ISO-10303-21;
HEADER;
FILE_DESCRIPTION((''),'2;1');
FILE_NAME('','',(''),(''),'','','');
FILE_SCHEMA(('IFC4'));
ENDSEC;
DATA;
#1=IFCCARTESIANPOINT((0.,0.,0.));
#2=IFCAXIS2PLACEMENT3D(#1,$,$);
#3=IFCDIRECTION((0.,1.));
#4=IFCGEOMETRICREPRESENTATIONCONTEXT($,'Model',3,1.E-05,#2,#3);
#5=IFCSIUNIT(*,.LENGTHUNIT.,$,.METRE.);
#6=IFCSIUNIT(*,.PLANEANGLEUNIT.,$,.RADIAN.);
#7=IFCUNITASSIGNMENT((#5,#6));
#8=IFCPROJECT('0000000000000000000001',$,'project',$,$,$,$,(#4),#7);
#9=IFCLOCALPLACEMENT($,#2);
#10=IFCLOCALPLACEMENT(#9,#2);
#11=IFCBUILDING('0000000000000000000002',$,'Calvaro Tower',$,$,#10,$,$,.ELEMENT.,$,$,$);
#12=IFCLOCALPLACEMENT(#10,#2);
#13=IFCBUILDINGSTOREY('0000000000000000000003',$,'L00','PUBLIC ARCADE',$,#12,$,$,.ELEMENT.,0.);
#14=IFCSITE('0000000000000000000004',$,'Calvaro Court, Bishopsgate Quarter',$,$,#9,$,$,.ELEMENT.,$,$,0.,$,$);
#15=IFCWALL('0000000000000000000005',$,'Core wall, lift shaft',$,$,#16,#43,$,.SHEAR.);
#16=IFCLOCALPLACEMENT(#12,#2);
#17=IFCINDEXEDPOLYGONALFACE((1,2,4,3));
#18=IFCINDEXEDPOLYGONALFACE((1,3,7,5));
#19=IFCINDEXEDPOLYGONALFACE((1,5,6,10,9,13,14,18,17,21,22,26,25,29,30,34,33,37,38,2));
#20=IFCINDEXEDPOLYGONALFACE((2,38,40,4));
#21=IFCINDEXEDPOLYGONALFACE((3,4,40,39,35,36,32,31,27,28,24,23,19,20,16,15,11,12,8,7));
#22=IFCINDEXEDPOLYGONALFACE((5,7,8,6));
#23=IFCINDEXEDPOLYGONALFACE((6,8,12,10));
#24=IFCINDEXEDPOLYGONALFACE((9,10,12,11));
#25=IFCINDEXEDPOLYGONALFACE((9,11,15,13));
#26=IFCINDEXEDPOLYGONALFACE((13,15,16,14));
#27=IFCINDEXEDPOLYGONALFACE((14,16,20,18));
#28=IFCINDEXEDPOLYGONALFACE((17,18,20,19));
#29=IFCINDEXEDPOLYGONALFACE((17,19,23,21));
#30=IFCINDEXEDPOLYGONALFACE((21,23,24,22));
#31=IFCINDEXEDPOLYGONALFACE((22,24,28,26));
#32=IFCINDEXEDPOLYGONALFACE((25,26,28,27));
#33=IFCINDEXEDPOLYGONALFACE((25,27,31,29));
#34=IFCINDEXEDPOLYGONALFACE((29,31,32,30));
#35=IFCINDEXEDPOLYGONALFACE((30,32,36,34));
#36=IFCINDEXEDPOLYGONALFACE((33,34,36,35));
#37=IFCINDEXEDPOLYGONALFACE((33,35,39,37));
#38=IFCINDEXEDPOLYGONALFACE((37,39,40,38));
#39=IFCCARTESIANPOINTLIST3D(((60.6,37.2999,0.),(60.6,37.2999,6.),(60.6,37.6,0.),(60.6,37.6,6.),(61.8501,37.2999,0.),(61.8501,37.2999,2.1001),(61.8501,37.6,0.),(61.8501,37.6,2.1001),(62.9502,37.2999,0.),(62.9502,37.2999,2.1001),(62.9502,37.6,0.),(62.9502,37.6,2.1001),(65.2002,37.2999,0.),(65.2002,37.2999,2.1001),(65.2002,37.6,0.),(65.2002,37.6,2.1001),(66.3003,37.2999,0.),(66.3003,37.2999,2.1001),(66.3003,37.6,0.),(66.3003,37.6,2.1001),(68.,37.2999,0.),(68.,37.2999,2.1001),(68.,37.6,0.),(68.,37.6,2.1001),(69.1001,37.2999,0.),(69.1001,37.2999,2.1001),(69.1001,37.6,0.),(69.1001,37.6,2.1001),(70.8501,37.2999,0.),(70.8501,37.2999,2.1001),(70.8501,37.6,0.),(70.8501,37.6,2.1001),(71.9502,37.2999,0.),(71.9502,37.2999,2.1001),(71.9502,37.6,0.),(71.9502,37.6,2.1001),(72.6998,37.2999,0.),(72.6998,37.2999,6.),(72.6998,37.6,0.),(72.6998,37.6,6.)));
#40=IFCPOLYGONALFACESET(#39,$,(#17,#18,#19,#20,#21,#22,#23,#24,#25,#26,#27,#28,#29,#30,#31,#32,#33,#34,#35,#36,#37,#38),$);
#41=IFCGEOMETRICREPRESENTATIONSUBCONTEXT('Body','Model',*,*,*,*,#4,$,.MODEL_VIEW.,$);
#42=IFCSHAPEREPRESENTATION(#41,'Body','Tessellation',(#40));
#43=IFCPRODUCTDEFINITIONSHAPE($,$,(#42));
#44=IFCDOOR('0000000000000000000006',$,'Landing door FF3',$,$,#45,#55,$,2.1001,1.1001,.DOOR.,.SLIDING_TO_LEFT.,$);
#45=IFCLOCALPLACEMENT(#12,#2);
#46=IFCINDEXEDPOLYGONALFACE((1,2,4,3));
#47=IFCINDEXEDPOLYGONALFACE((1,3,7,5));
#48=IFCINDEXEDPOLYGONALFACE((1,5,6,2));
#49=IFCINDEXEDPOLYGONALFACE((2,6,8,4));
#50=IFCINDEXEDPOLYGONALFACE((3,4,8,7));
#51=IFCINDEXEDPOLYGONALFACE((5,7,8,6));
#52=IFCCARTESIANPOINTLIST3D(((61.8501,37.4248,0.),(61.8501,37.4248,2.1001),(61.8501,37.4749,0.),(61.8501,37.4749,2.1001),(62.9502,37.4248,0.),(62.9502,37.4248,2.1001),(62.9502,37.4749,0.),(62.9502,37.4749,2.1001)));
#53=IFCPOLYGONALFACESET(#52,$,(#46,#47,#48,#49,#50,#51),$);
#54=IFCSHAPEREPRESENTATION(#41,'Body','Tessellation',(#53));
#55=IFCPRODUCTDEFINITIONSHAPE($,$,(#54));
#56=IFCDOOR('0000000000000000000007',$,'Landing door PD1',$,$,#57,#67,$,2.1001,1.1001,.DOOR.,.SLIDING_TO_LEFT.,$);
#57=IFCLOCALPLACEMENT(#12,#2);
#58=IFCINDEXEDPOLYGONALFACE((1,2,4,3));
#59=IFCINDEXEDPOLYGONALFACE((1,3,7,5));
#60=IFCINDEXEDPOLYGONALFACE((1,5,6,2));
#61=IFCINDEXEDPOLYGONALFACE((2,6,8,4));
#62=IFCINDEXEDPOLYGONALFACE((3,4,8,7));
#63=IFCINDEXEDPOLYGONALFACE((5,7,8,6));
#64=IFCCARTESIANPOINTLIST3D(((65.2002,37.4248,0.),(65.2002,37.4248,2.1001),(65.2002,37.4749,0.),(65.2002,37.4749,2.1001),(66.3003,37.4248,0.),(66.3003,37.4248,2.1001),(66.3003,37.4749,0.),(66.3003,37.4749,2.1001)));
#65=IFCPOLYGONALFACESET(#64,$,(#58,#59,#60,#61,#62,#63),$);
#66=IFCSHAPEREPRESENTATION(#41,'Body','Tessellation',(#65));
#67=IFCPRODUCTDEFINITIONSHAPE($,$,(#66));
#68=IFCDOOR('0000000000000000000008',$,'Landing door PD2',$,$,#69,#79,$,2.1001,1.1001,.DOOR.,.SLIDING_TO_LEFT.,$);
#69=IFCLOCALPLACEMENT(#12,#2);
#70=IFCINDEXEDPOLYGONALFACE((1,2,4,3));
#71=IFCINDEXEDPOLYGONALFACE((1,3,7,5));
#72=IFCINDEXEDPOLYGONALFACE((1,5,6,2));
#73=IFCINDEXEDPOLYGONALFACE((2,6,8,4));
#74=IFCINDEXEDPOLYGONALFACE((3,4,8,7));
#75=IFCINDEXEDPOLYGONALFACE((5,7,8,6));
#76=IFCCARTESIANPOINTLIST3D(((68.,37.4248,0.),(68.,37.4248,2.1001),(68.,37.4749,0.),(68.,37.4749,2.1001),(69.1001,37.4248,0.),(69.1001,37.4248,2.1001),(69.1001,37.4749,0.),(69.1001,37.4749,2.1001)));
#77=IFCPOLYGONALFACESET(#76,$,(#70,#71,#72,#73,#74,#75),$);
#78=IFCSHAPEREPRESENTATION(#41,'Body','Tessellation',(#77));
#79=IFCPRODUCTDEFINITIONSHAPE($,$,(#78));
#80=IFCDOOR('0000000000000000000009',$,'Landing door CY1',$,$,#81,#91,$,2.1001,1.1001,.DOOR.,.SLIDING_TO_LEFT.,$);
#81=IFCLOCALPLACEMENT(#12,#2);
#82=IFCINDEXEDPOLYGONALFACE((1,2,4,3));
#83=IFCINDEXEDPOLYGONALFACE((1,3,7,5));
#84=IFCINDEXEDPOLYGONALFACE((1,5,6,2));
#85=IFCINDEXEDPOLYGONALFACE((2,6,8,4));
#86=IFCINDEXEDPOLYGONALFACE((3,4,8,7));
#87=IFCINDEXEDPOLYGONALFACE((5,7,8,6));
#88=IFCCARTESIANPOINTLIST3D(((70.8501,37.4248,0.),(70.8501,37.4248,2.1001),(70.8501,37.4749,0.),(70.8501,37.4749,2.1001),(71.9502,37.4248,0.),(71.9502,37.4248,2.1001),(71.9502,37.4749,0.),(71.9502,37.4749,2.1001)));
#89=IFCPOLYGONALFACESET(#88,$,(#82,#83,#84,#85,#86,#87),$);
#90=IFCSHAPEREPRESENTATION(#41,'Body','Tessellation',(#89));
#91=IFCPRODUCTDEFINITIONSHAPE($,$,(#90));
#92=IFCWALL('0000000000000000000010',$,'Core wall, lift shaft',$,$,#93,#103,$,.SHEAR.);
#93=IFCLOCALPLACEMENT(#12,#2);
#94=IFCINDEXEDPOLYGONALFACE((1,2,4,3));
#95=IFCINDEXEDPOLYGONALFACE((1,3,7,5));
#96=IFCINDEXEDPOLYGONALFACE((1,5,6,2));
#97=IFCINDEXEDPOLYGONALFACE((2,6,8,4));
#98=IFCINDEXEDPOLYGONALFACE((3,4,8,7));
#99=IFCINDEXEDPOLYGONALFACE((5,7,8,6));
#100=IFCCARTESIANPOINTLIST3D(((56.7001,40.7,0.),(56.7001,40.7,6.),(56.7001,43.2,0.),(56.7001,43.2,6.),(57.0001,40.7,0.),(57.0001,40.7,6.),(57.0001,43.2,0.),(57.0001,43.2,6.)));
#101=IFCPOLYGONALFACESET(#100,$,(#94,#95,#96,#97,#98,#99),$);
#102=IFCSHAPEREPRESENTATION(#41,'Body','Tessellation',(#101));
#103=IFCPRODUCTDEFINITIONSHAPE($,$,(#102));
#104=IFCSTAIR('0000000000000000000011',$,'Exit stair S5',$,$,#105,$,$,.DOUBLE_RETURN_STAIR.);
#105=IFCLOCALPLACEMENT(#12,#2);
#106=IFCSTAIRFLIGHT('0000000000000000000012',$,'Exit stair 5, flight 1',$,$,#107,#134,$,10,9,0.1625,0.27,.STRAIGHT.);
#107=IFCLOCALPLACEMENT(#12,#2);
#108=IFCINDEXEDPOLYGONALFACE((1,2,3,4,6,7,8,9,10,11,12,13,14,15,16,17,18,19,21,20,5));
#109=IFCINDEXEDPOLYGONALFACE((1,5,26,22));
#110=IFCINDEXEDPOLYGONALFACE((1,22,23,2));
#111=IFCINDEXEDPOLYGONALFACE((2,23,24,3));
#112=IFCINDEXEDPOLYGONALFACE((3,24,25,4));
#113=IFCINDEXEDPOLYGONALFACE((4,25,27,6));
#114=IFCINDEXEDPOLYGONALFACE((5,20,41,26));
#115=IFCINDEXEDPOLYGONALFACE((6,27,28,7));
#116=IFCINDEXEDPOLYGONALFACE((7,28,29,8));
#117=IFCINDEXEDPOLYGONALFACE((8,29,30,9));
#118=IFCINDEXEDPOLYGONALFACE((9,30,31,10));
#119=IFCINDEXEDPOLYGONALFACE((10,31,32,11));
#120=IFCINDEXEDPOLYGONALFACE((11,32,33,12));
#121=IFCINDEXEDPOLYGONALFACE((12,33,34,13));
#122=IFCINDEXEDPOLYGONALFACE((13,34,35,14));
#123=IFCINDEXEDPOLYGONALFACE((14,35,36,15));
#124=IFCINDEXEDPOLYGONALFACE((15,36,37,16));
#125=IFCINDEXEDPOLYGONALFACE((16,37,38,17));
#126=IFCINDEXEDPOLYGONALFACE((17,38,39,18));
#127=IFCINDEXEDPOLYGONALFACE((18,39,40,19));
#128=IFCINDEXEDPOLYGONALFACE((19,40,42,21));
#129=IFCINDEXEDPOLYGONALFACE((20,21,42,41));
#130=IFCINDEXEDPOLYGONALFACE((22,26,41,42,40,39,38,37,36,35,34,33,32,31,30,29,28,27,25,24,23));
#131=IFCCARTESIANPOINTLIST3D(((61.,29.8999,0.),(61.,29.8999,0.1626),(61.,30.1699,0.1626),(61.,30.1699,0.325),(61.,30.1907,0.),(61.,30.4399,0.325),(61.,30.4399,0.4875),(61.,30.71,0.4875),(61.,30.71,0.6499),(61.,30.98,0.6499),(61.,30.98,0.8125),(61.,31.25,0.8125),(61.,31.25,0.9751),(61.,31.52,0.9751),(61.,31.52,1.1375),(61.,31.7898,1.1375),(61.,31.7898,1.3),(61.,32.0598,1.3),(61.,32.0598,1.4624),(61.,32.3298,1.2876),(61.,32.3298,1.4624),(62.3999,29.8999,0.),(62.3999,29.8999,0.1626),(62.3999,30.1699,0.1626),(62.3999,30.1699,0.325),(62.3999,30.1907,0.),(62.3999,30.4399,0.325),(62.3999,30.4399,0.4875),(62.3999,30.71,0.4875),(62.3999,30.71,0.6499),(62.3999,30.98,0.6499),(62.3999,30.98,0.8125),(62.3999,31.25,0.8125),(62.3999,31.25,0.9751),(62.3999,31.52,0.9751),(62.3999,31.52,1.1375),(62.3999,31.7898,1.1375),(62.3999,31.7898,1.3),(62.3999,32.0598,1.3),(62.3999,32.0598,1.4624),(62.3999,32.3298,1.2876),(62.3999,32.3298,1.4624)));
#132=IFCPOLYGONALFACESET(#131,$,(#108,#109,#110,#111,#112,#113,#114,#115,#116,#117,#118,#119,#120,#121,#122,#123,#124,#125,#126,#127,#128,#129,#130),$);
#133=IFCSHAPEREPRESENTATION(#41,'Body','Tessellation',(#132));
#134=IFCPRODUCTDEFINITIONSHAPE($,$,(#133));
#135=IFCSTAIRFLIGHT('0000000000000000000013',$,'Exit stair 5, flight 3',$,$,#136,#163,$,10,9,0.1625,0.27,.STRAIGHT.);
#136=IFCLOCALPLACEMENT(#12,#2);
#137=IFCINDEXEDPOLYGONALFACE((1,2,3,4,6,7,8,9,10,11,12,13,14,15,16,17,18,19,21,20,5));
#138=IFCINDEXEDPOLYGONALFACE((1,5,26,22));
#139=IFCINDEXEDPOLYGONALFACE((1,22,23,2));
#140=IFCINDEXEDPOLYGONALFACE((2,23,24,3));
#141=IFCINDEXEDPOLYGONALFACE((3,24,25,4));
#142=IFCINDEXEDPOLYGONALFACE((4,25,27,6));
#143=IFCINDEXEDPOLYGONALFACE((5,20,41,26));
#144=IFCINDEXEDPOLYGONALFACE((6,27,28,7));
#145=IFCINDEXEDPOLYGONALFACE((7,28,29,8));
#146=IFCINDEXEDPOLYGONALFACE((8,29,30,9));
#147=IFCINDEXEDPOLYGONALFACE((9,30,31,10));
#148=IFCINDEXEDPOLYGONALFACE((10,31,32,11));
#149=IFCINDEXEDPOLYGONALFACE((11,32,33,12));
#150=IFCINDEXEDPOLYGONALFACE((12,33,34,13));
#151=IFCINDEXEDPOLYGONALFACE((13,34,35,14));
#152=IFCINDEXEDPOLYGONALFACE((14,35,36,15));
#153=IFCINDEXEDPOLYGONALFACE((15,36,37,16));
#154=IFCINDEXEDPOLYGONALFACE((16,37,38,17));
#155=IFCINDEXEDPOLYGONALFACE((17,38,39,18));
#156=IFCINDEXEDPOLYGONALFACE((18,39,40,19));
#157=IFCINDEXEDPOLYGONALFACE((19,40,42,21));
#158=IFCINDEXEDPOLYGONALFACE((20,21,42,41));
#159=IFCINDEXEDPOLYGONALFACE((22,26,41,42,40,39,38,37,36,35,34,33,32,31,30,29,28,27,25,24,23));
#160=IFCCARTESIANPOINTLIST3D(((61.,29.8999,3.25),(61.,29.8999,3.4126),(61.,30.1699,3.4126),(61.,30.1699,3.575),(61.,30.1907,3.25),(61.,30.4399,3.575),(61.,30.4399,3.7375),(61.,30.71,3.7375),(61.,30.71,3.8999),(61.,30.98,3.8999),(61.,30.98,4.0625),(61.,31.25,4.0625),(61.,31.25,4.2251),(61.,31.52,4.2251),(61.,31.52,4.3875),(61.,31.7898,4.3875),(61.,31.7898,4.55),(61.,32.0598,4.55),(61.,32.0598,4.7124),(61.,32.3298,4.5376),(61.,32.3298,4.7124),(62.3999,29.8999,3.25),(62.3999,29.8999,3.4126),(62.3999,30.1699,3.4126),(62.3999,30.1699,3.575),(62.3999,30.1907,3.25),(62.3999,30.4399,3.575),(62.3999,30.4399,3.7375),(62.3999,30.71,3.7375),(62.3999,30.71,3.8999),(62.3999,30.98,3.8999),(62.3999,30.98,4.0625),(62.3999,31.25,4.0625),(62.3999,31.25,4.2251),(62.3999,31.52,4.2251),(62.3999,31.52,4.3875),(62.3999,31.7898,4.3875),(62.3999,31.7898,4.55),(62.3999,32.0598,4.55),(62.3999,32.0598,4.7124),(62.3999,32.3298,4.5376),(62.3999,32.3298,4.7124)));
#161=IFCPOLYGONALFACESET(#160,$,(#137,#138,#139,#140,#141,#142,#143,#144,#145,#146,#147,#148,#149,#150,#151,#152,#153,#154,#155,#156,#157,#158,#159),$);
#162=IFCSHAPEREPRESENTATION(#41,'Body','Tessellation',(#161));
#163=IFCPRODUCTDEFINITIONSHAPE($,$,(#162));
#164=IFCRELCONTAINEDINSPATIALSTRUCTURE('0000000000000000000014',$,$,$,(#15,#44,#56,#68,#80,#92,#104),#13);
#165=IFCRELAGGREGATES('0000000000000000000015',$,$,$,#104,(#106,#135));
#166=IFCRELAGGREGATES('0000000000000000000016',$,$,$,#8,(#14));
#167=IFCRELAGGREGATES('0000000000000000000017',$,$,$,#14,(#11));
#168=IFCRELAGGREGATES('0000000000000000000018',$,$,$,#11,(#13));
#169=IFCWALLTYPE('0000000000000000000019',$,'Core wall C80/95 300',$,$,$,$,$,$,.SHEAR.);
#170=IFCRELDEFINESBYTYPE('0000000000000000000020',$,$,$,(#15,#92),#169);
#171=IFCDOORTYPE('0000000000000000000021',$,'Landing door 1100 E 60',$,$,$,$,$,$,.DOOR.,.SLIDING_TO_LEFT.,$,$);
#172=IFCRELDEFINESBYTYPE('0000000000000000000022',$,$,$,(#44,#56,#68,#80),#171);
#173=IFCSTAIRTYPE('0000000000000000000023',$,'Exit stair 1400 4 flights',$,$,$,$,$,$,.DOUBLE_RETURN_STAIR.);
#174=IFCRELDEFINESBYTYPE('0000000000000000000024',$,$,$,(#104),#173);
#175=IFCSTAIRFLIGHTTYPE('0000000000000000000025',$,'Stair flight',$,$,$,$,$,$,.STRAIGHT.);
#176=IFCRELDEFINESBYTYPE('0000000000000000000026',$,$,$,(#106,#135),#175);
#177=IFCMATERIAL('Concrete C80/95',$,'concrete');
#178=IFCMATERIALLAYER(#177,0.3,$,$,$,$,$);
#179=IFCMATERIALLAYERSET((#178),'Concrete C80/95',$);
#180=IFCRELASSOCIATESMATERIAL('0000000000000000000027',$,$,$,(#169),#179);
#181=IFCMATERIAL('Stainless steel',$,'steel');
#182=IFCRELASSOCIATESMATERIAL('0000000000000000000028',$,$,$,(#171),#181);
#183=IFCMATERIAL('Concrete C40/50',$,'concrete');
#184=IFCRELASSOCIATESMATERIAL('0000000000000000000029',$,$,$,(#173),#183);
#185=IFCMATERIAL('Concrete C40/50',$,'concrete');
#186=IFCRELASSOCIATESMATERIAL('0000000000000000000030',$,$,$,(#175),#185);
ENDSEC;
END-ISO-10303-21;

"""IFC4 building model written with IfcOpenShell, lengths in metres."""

from ifc_helpers import new_model, si_unit, direction, frame, frame_2d, origin, place, context, subcontext, project, spatial, polyline, rectangle, outline, extrude, material, layer, layer_set, type_object, element, fill, aggregate, save


model = new_model("IFC4")

# Units and contexts
model_context = context("Model", 3, precision=1e-05, world=origin(), true_north=direction((0.0, 1.0)))
body_context = subcontext(model_context, "Body", "Model", "MODEL_VIEW")
ifc_project = project(units=[si_unit("LENGTHUNIT", "METRE"), si_unit("PLANEANGLEUNIT", "RADIAN")], contexts=[model_context])

# Site, building, storey
site_placement = place(None, origin())
site = spatial("IfcSite", under=ifc_project, at=site_placement, Name="Calvaro Court, Bishopsgate Quarter", CompositionType="ELEMENT", RefElevation=0.0)
building_placement = place(site_placement, origin())
building = spatial("IfcBuilding", under=site, at=building_placement, Name="Calvaro Tower", CompositionType="ELEMENT")
storey_placement = place(building_placement, origin())
storey = spatial("IfcBuildingStorey", under=building, at=storey_placement, Name="L00", Description="PUBLIC ARCADE", CompositionType="ELEMENT", Elevation=0.0)

# Shared definitions
ifc_material_1 = material(Name="Concrete C80/95", Category="concrete")
ifc_layer_1 = layer(ifc_material_1, 0.3)
ifc_layer_set_1 = layer_set([ifc_layer_1], Name="Concrete C80/95")
wall_type_1 = type_object("IfcWallType", Name="Core wall C80/95 300", PredefinedType="SHEAR", material=ifc_layer_set_1)

# Wall, openings, doors
wall_1_placement = place(storey_placement, frame((60.6001, 37.45, 0.0), z_axis=(0.0, 0.0, 1.0), x_axis=(1.0, 0.0, 0.0)))
wall_1 = element("IfcWall", 1, at=wall_1_placement, inside=storey, type_object=wall_type_1, Name="Core wall, lift shaft", PredefinedType="SHEAR", context=body_context, shape_type="SweptSolid", body=[
    extrude(rectangle(XDim=12.0999, YDim=0.3, at=frame_2d((6.0498, 0.0))), origin(), (0.0, 0.0, 1.0), 6.0),
])
opening_1_placement = place(wall_1_placement, frame((1.25, 0.0, 0.0)))
opening_1 = element("IfcOpeningElement", 2, at=opening_1_placement, cuts=wall_1, PredefinedType="OPENING", context=body_context, shape_type="SweptSolid", body=[
    extrude(rectangle(XDim=1.1001, YDim=2.1001, at=frame_2d((0.55, 1.05))), frame((0.0, 0.1599, 0.0), z_axis=(0.0, -1.0, 0.0), x_axis=(1.0, 0.0, 0.0)), (0.0, 0.0, 1.0), 0.3201),
])
opening_2_placement = place(wall_1_placement, frame((4.6001, 0.0, 0.0)))
opening_2 = element("IfcOpeningElement", 3, at=opening_2_placement, cuts=wall_1, PredefinedType="OPENING", context=body_context, shape_type="SweptSolid", body=[
    extrude(rectangle(XDim=1.1001, YDim=2.1001, at=frame_2d((0.55, 1.05))), frame((0.0, 0.1599, 0.0), z_axis=(0.0, -1.0, 0.0), x_axis=(1.0, 0.0, 0.0)), (0.0, 0.0, 1.0), 0.3201),
])
opening_3_placement = place(wall_1_placement, frame((7.3999, 0.0, 0.0)))
opening_3 = element("IfcOpeningElement", 4, at=opening_3_placement, cuts=wall_1, PredefinedType="OPENING", context=body_context, shape_type="SweptSolid", body=[
    extrude(rectangle(XDim=1.1001, YDim=2.1001, at=frame_2d((0.55, 1.05))), frame((0.0, 0.1599, 0.0), z_axis=(0.0, -1.0, 0.0), x_axis=(1.0, 0.0, 0.0)), (0.0, 0.0, 1.0), 0.3201),
])
opening_4_placement = place(wall_1_placement, frame((10.25, 0.0, 0.0)))
opening_4 = element("IfcOpeningElement", 5, at=opening_4_placement, cuts=wall_1, PredefinedType="OPENING", context=body_context, shape_type="SweptSolid", body=[
    extrude(rectangle(XDim=1.1001, YDim=2.1001, at=frame_2d((0.55, 1.05))), frame((0.0, 0.1599, 0.0), z_axis=(0.0, -1.0, 0.0), x_axis=(1.0, 0.0, 0.0)), (0.0, 0.0, 1.0), 0.3201),
])
ifc_material_2 = material(Name="Stainless steel", Category="steel")
door_type_1 = type_object("IfcDoorType", Name="Landing door 1100 E 60", OperationType="SLIDING_TO_LEFT", PredefinedType="DOOR", material=ifc_material_2)
door_1_placement = place(opening_1_placement, origin())
door_1 = element("IfcDoor", 6, at=door_1_placement, inside=storey, type_object=door_type_1, Name="Landing door FF3", OperationType="SLIDING_TO_LEFT", OverallHeight=2.1001, OverallWidth=1.1001, PredefinedType="DOOR", context=body_context, shape_type="SweptSolid", body=[
    extrude(rectangle(XDim=1.1001, YDim=2.1001, at=frame_2d((0.55, 1.05))), frame((0.0, 0.0249, 0.0), z_axis=(0.0, -1.0, 0.0), x_axis=(1.0, 0.0, 0.0)), (0.0, 0.0, 1.0), 0.05),
])
fill(opening_1, door_1)
door_2_placement = place(opening_2_placement, origin())
door_2 = element("IfcDoor", 7, at=door_2_placement, inside=storey, type_object=door_type_1, Name="Landing door PD1", OperationType="SLIDING_TO_LEFT", OverallHeight=2.1001, OverallWidth=1.1001, PredefinedType="DOOR", context=body_context, shape_type="SweptSolid", body=[
    extrude(rectangle(XDim=1.1001, YDim=2.1001, at=frame_2d((0.55, 1.05))), frame((0.0, 0.0249, 0.0), z_axis=(0.0, -1.0, 0.0), x_axis=(1.0, 0.0, 0.0)), (0.0, 0.0, 1.0), 0.05),
])
fill(opening_2, door_2)
door_3_placement = place(opening_3_placement, origin())
door_3 = element("IfcDoor", 8, at=door_3_placement, inside=storey, type_object=door_type_1, Name="Landing door PD2", OperationType="SLIDING_TO_LEFT", OverallHeight=2.1001, OverallWidth=1.1001, PredefinedType="DOOR", context=body_context, shape_type="SweptSolid", body=[
    extrude(rectangle(XDim=1.1001, YDim=2.1001, at=frame_2d((0.55, 1.05))), frame((0.0, 0.0249, 0.0), z_axis=(0.0, -1.0, 0.0), x_axis=(1.0, 0.0, 0.0)), (0.0, 0.0, 1.0), 0.05),
])
fill(opening_3, door_3)
door_4_placement = place(opening_4_placement, origin())
door_4 = element("IfcDoor", 9, at=door_4_placement, inside=storey, type_object=door_type_1, Name="Landing door CY1", OperationType="SLIDING_TO_LEFT", OverallHeight=2.1001, OverallWidth=1.1001, PredefinedType="DOOR", context=body_context, shape_type="SweptSolid", body=[
    extrude(rectangle(XDim=1.1001, YDim=2.1001, at=frame_2d((0.55, 1.05))), frame((0.0, 0.0249, 0.0), z_axis=(0.0, -1.0, 0.0), x_axis=(1.0, 0.0, 0.0)), (0.0, 0.0, 1.0), 0.05),
])
fill(opening_4, door_4)

# Wall
wall_2_placement = place(storey_placement, frame((56.8501, 40.7, 0.0), z_axis=(0.0, 0.0, 1.0), x_axis=(0.0, 1.0, 0.0)))
element("IfcWall", 10, at=wall_2_placement, inside=storey, type_object=wall_type_1, Name="Core wall, lift shaft", PredefinedType="SHEAR", context=body_context, shape_type="SweptSolid", body=[
    extrude(rectangle(XDim=2.5, YDim=0.3, at=frame_2d((1.25, 0.0))), origin(), (0.0, 0.0, 1.0), 6.0),
])

# Stair, stair flights
ifc_material_3 = material(Name="Concrete C40/50", Category="concrete")
stair_type = type_object("IfcStairType", Name="Exit stair 1400 4 flights", PredefinedType="DOUBLE_RETURN_STAIR", material=ifc_material_3)
stair_placement = place(storey_placement, origin())
stair = element("IfcStair", 11, at=stair_placement, inside=storey, type_object=stair_type, Name="Exit stair S5", PredefinedType="DOUBLE_RETURN_STAIR")
ifc_material_4 = material(Name="Concrete C40/50", Category="concrete")
stair_flight_type = type_object("IfcStairFlightType", Name="Stair flight", PredefinedType="STRAIGHT", material=ifc_material_4)
stair_flight_1_placement = place(storey_placement, frame((61.7, 29.8999, 0.0), z_axis=(0.0, 0.0, 1.0), x_axis=(0.0, 1.0, 0.0)))
stair_flight_1 = element("IfcStairFlight", 12, at=stair_flight_1_placement, type_object=stair_flight_type, Name="Exit stair 5, flight 1", NumberOfRisers=10, NumberOfTreads=9, PredefinedType="STRAIGHT", RiserHeight=0.1625, TreadLength=0.27, context=body_context, shape_type="SweptSolid", body=[
    extrude(outline(polyline([(0.0, 0.0), (0.0, 0.1626), (0.27, 0.1626), (0.27, 0.325), (0.54, 0.325), (0.54, 0.4875), (0.8101, 0.4875), (0.8101, 0.6499), (1.0801, 0.6499), (1.0801, 0.8125), (1.3501, 0.8125), (1.3501, 0.9751), (1.6201, 0.9751), (1.6201, 1.1375), (1.8899, 1.1375), (1.8899, 1.3), (2.1599, 1.3), (2.1599, 1.4624), (2.4299, 1.4624), (2.4299, 1.625), (2.4299, 1.2876), (0.2908, 0.0), (0.0, 0.0)])), frame((0.0, 0.7, 0.0), z_axis=(0.0, -1.0, 0.0), x_axis=(1.0, 0.0, 0.0)), (0.0, 0.0, 1.0), 1.3999),
])
stair_flight_2_placement = place(storey_placement, frame((61.7, 29.8999, 3.25), z_axis=(0.0, 0.0, 1.0), x_axis=(0.0, 1.0, 0.0)))
stair_flight_2 = element("IfcStairFlight", 13, at=stair_flight_2_placement, type_object=stair_flight_type, Name="Exit stair 5, flight 3", NumberOfRisers=10, NumberOfTreads=9, PredefinedType="STRAIGHT", RiserHeight=0.1625, TreadLength=0.27, context=body_context, shape_type="SweptSolid", body=[
    extrude(outline(polyline([(0.0, 0.0), (0.0, 0.1626), (0.27, 0.1626), (0.27, 0.325), (0.54, 0.325), (0.54, 0.4875), (0.8101, 0.4875), (0.8101, 0.6499), (1.0801, 0.6499), (1.0801, 0.8125), (1.3501, 0.8125), (1.3501, 0.9751), (1.6201, 0.9751), (1.6201, 1.1375), (1.8899, 1.1375), (1.8899, 1.3), (2.1599, 1.3), (2.1599, 1.4624), (2.4299, 1.4624), (2.4299, 1.625), (2.4299, 1.2876), (0.2908, 0.0), (0.0, 0.0)])), frame((0.0, 0.7, 0.0), z_axis=(0.0, -1.0, 0.0), x_axis=(1.0, 0.0, 0.0)), (0.0, 0.0, 1.0), 1.3999),
])
aggregate(stair, [stair_flight_1, stair_flight_2])

save(model, "model.ifc")
